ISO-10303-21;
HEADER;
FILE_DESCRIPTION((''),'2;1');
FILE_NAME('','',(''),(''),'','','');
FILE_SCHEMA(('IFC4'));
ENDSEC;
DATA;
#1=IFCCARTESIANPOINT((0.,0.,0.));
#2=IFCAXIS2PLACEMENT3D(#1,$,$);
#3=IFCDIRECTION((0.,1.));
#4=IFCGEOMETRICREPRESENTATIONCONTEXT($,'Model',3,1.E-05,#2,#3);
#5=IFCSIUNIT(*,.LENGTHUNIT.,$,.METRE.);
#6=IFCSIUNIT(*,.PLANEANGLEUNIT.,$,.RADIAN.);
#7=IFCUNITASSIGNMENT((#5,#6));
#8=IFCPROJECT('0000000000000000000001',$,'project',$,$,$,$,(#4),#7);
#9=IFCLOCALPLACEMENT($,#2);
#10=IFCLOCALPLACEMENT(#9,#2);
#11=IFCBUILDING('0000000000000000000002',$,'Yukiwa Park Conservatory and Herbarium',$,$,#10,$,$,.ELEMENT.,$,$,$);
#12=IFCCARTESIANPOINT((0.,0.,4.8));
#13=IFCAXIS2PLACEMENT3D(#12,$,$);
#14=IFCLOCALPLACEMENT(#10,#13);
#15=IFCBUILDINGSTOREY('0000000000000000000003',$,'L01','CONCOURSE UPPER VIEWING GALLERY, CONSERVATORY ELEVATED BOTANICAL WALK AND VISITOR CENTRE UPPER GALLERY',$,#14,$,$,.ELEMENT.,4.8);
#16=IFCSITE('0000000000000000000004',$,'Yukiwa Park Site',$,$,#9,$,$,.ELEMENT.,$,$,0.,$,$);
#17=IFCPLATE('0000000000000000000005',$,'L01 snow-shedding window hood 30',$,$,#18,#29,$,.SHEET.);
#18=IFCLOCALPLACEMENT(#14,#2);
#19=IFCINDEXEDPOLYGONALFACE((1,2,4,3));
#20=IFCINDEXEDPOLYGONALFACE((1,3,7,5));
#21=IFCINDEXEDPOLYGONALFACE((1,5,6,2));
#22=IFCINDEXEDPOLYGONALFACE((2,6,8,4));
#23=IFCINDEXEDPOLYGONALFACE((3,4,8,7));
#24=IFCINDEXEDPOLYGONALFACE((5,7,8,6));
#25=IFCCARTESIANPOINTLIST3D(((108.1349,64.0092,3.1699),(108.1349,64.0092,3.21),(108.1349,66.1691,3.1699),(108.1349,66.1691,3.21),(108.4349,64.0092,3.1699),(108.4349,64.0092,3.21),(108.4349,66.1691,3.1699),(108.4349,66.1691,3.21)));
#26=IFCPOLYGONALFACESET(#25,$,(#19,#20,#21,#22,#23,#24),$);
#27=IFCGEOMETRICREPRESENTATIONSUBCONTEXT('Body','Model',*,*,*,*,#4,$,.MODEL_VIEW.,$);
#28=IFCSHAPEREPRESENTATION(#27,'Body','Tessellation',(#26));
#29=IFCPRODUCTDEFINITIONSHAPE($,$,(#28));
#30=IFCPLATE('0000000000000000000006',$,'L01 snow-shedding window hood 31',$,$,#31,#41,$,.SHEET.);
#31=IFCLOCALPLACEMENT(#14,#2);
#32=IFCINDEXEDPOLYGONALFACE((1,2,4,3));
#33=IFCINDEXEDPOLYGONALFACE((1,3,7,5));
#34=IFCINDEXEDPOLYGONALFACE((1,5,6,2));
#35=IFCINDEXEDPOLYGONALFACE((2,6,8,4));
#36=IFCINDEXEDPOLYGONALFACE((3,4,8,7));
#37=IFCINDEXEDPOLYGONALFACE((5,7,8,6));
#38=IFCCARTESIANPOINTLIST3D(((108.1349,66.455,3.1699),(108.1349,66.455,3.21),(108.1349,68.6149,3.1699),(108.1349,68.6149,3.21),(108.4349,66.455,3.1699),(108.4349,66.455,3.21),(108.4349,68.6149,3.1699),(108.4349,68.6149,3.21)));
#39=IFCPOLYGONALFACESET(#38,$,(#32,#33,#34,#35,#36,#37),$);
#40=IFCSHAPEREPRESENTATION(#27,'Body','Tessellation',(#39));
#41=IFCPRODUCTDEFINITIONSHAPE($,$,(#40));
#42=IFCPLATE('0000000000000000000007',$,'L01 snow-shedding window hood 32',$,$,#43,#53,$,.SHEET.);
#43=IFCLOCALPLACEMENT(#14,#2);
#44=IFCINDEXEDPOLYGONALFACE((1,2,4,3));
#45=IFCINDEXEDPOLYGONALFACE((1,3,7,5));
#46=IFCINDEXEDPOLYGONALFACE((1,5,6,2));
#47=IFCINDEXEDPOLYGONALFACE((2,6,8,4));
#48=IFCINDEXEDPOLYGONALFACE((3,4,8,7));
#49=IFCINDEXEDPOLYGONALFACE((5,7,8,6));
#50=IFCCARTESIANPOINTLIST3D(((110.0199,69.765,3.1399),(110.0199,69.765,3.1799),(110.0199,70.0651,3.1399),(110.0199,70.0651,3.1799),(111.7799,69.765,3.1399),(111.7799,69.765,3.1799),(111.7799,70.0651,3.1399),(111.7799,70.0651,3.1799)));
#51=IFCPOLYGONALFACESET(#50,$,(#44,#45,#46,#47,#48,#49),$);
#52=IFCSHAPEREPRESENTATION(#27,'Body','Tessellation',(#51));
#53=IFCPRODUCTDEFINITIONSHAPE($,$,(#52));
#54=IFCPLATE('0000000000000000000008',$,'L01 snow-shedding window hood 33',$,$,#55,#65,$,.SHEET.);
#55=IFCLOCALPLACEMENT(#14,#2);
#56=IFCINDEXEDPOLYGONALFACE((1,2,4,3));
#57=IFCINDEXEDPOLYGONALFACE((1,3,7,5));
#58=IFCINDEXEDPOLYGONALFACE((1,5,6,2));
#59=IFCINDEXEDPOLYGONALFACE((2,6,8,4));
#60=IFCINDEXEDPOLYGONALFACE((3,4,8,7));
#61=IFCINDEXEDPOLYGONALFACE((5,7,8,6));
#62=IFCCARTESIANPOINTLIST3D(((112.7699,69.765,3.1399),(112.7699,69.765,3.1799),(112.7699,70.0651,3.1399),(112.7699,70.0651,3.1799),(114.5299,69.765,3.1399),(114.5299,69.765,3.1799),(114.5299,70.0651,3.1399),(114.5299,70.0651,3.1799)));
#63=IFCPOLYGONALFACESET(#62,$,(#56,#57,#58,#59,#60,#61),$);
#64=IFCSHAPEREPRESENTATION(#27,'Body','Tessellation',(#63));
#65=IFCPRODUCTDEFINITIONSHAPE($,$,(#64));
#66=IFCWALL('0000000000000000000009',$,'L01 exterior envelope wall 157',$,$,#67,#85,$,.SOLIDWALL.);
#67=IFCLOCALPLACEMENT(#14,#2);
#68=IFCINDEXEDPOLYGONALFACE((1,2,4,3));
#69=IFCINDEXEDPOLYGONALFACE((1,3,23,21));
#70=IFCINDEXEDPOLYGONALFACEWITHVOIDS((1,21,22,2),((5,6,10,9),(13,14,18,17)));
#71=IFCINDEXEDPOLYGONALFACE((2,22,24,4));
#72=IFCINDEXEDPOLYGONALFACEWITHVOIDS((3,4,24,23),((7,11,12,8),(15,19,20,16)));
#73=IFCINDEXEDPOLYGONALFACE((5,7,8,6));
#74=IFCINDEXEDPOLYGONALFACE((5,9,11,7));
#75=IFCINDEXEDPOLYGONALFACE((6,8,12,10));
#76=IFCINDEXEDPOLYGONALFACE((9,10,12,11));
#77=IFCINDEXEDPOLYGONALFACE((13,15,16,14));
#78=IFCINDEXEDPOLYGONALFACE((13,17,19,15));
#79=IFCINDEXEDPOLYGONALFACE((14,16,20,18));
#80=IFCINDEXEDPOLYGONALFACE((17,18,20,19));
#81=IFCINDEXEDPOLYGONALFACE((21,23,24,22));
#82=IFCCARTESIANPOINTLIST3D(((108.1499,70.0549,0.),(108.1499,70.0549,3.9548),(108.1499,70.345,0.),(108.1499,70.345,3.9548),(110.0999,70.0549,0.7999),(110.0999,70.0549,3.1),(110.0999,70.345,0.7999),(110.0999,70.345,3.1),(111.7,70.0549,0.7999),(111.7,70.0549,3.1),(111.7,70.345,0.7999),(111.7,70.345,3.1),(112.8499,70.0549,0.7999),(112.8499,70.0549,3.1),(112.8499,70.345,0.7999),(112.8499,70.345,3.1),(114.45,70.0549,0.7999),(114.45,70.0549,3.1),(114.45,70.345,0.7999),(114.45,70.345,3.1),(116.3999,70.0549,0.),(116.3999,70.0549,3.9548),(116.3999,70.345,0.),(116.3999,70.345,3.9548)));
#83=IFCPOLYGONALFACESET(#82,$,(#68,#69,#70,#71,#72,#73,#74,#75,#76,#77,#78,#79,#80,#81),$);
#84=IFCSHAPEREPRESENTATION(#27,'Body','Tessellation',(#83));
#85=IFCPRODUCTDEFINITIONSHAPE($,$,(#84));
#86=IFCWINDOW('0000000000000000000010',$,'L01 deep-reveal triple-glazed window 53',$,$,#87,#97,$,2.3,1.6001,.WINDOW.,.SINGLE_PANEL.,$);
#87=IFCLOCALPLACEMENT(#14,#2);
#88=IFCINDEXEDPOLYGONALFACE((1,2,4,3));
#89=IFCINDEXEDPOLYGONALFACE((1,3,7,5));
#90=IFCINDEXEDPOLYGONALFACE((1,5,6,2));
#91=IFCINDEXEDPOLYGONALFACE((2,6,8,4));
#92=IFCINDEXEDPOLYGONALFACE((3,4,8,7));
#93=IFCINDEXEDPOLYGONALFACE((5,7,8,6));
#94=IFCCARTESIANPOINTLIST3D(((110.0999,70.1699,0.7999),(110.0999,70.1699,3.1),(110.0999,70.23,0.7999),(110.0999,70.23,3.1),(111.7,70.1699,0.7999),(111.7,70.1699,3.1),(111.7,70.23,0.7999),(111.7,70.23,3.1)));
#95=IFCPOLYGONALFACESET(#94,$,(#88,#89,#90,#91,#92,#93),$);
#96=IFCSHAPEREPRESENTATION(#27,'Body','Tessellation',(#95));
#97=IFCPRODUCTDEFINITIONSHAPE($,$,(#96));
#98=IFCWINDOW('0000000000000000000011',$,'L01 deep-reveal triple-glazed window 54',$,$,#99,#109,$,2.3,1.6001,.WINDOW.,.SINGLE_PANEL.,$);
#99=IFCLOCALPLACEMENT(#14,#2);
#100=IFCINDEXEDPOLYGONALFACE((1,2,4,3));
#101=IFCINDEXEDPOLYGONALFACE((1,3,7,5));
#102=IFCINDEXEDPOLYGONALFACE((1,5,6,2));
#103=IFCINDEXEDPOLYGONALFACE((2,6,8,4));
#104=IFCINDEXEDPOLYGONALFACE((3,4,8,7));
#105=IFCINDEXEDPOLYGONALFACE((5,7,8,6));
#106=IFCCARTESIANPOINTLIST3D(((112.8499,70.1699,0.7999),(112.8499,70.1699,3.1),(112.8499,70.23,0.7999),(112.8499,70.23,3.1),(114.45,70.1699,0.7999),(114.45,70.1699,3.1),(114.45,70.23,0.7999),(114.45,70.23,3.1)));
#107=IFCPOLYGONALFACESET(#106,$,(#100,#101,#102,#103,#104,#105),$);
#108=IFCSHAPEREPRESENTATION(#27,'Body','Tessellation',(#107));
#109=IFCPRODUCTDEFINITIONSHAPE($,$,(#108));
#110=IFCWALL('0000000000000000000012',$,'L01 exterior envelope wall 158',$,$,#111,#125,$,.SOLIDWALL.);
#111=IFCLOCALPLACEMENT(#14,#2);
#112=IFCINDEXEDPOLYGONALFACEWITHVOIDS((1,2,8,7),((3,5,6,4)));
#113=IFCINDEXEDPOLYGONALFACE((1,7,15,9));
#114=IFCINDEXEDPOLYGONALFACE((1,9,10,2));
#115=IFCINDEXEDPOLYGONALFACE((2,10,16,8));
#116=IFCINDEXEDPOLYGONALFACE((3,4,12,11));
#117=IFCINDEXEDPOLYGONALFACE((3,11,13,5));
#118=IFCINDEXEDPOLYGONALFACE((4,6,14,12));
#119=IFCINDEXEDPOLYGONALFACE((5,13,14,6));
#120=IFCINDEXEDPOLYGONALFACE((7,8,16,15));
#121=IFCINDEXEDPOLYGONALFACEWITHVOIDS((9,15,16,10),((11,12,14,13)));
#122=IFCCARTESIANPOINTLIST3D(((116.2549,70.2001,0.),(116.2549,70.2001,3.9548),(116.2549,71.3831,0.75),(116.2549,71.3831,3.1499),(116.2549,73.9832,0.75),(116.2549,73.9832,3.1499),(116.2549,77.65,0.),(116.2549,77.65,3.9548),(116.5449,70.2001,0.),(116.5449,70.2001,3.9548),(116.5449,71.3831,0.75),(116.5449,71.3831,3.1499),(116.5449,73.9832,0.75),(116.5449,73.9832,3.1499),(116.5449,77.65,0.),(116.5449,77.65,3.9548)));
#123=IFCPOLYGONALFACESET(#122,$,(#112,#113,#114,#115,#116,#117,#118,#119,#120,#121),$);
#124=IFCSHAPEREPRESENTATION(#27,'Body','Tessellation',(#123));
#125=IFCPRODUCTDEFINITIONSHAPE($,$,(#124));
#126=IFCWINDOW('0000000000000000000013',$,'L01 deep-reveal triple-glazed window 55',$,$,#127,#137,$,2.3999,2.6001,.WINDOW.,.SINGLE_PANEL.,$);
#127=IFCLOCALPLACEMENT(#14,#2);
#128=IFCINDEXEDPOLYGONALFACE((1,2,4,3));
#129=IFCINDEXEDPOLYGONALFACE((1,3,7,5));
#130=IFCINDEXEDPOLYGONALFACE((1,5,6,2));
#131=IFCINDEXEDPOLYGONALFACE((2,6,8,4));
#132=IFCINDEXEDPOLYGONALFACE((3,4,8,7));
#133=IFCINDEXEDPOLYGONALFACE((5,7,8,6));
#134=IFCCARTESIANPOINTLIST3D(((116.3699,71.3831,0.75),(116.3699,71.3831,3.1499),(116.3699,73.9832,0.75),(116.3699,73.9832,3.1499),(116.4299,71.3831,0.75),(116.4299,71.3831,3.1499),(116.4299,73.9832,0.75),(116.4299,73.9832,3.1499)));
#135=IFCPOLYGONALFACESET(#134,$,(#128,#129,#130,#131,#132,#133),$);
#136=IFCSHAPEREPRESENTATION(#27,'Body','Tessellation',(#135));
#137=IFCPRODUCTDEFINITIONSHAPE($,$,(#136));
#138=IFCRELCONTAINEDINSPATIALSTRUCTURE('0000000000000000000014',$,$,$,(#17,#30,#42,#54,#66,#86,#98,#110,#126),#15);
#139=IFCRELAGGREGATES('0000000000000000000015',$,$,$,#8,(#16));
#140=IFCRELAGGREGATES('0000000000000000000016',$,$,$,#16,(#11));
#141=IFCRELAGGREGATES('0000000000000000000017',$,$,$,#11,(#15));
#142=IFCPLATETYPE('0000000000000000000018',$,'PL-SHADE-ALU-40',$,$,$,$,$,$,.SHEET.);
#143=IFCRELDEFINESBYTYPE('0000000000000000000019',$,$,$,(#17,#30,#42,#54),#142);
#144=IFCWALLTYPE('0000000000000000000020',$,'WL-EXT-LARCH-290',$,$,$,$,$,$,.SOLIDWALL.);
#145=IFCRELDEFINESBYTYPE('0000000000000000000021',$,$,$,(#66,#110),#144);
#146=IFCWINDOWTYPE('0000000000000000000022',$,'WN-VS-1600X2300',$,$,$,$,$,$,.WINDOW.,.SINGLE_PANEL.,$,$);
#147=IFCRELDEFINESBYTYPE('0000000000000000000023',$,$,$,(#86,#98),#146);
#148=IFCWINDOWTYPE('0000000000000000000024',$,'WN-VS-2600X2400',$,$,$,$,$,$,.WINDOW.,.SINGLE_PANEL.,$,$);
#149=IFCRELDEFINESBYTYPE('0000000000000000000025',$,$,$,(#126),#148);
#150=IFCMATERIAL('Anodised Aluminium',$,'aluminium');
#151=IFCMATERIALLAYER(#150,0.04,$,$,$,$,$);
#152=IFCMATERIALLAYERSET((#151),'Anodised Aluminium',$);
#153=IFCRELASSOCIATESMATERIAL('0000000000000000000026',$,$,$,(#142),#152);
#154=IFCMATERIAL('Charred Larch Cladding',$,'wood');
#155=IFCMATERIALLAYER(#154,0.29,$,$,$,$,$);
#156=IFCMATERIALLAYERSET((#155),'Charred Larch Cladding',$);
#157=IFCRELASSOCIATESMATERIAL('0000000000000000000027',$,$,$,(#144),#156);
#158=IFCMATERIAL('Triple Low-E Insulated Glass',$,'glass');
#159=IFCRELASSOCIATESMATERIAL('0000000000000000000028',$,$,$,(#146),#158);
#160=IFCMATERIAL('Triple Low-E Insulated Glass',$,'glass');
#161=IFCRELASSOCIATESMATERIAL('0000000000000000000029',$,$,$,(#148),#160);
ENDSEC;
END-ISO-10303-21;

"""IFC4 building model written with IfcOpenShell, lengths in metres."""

from ifc_helpers import new_model, si_unit, direction, frame, frame_2d, origin, origin_2d, place, context, subcontext, project, spatial, rectangle, extrude, material, layer, layer_set, type_object, element, fill, save


model = new_model("IFC4")

# Units and contexts
model_context = context("Model", 3, precision=1e-05, world=origin(), true_north=direction((0.0, 1.0)))
body_context = subcontext(model_context, "Body", "Model", "MODEL_VIEW")
ifc_project = project(units=[si_unit("LENGTHUNIT", "METRE"), si_unit("PLANEANGLEUNIT", "RADIAN")], contexts=[model_context])

# Site, building, storey
site_placement = place(None, origin())
site = spatial("IfcSite", under=ifc_project, at=site_placement, Name="Yukiwa Park Site", CompositionType="ELEMENT", RefElevation=0.0)
building_placement = place(site_placement, origin())
building = spatial("IfcBuilding", under=site, at=building_placement, Name="Yukiwa Park Conservatory and Herbarium", CompositionType="ELEMENT")
storey_placement = place(building_placement, frame((0.0, 0.0, 4.8)))
storey = spatial("IfcBuildingStorey", under=building, at=storey_placement, Name="L01", Description="CONCOURSE UPPER VIEWING GALLERY, CONSERVATORY ELEVATED BOTANICAL WALK AND VISITOR CENTRE UPPER GALLERY", CompositionType="ELEMENT", Elevation=4.8)

# Plates
ifc_material_1 = material(Name="Anodised Aluminium", Category="aluminium")
ifc_layer_1 = layer(ifc_material_1, 0.04)
ifc_layer_set_1 = layer_set([ifc_layer_1], Name="Anodised Aluminium")
plate_type = type_object("IfcPlateType", Name="PL-SHADE-ALU-40", PredefinedType="SHEET", material=ifc_layer_set_1)
for number, where, z_axis, x_axis, name in (
    (1, (108.2849, 65.0891, 3.1699), (0.0, 0.0, 1.0), (0.0, 1.0, 0.0), "L01 snow-shedding window hood 30"),
    (2, (108.2849, 67.5349, 3.1699), (0.0, 0.0, 1.0), (0.0, 1.0, 0.0), "L01 snow-shedding window hood 31"),
):
    element("IfcPlate", number, at=place(storey_placement, frame(where, z_axis=z_axis, x_axis=x_axis)), inside=storey, type_object=plate_type, Name=name, PredefinedType="SHEET", context=body_context, shape_type="SweptSolid", body=[
        extrude(rectangle(XDim=2.1599, YDim=0.3, at=origin_2d()), origin(), (0.0, 0.0, 1.0), 0.04),
    ])
for number, where, z_axis, x_axis, name in (
    (3, (110.8999, 69.915, 3.1399), (0.0, 0.0, 1.0), (1.0, 0.0, 0.0), "L01 snow-shedding window hood 32"),
    (4, (113.6499, 69.915, 3.1399), (0.0, 0.0, 1.0), (1.0, 0.0, 0.0), "L01 snow-shedding window hood 33"),
):
    element("IfcPlate", number, at=place(storey_placement, frame(where, z_axis=z_axis, x_axis=x_axis)), inside=storey, type_object=plate_type, Name=name, PredefinedType="SHEET", context=body_context, shape_type="SweptSolid", body=[
        extrude(rectangle(XDim=1.76, YDim=0.3, at=origin_2d()), origin(), (0.0, 0.0, 1.0), 0.04),
    ])

# Wall, openings, windows
ifc_material_2 = material(Name="Charred Larch Cladding", Category="wood")
ifc_layer_2 = layer(ifc_material_2, 0.29)
ifc_layer_set_2 = layer_set([ifc_layer_2], Name="Charred Larch Cladding")
wall_type_1 = type_object("IfcWallType", Name="WL-EXT-LARCH-290", PredefinedType="SOLIDWALL", material=ifc_layer_set_2)
wall_1_placement = place(storey_placement, frame((108.1499, 70.2, 0.0), z_axis=(0.0, 0.0, 1.0), x_axis=(1.0, 0.0, 0.0)))
wall_1 = element("IfcWall", 5, at=wall_1_placement, inside=storey, type_object=wall_type_1, Name="L01 exterior envelope wall 157", PredefinedType="SOLIDWALL", context=body_context, shape_type="SweptSolid", body=[
    extrude(rectangle(XDim=8.25, YDim=0.29, at=frame_2d((4.125, 0.0))), origin(), (0.0, 0.0, 1.0), 3.9548),
])
opening_1_placement = place(wall_1_placement, frame((1.95, 0.0, 0.8)))
opening_1 = element("IfcOpeningElement", 6, at=opening_1_placement, cuts=wall_1, PredefinedType="OPENING", context=body_context, shape_type="SweptSolid", body=[
    extrude(rectangle(XDim=1.6001, YDim=2.3, at=frame_2d((0.8, 1.1499))), frame((0.0, 0.155, 0.0), z_axis=(0.0, -1.0, 0.0), x_axis=(1.0, 0.0, 0.0)), (0.0, 0.0, 1.0), 0.3101),
])
opening_2_placement = place(wall_1_placement, frame((4.7, 0.0, 0.8)))
opening_2 = element("IfcOpeningElement", 7, at=opening_2_placement, cuts=wall_1, PredefinedType="OPENING", context=body_context, shape_type="SweptSolid", body=[
    extrude(rectangle(XDim=1.6001, YDim=2.3, at=frame_2d((0.8, 1.1499))), frame((0.0, 0.155, 0.0), z_axis=(0.0, -1.0, 0.0), x_axis=(1.0, 0.0, 0.0)), (0.0, 0.0, 1.0), 0.3101),
])
ifc_material_3 = material(Name="Triple Low-E Insulated Glass", Category="glass")
window_type_1 = type_object("IfcWindowType", Name="WN-VS-1600X2300", PartitioningType="SINGLE_PANEL", PredefinedType="WINDOW", material=ifc_material_3)
window_1_placement = place(opening_1_placement, origin())
window_1 = element("IfcWindow", 8, at=window_1_placement, inside=storey, type_object=window_type_1, Name="L01 deep-reveal triple-glazed window 53", OverallHeight=2.3, OverallWidth=1.6001, PartitioningType="SINGLE_PANEL", PredefinedType="WINDOW", context=body_context, shape_type="SweptSolid", body=[
    extrude(rectangle(XDim=1.6001, YDim=2.3, at=frame_2d((0.8, 1.1499))), frame((0.0, 0.03, 0.0), z_axis=(0.0, -1.0, 0.0), x_axis=(1.0, 0.0, 0.0)), (0.0, 0.0, 1.0), 0.0601),
])
fill(opening_1, window_1)
window_2_placement = place(opening_2_placement, origin())
window_2 = element("IfcWindow", 9, at=window_2_placement, inside=storey, type_object=window_type_1, Name="L01 deep-reveal triple-glazed window 54", OverallHeight=2.3, OverallWidth=1.6001, PartitioningType="SINGLE_PANEL", PredefinedType="WINDOW", context=body_context, shape_type="SweptSolid", body=[
    extrude(rectangle(XDim=1.6001, YDim=2.3, at=frame_2d((0.8, 1.1499))), frame((0.0, 0.03, 0.0), z_axis=(0.0, -1.0, 0.0), x_axis=(1.0, 0.0, 0.0)), (0.0, 0.0, 1.0), 0.0601),
])
fill(opening_2, window_2)

# Wall, opening, window
wall_2_placement = place(storey_placement, frame((116.3999, 70.2, 0.0), z_axis=(0.0, 0.0, 1.0), x_axis=(0.0, 1.0, 0.0)))
wall_2 = element("IfcWall", 10, at=wall_2_placement, inside=storey, type_object=wall_type_1, Name="L01 exterior envelope wall 158", PredefinedType="SOLIDWALL", context=body_context, shape_type="SweptSolid", body=[
    extrude(rectangle(XDim=7.45, YDim=0.29, at=frame_2d((3.7251, 0.0))), origin(), (0.0, 0.0, 1.0), 3.9548),
])
opening_3_placement = place(wall_2_placement, frame((1.1831, 0.0, 0.75)))
opening_3 = element("IfcOpeningElement", 11, at=opening_3_placement, cuts=wall_2, PredefinedType="OPENING", context=body_context, shape_type="SweptSolid", body=[
    extrude(rectangle(XDim=2.6001, YDim=2.3999, at=frame_2d((1.3, 1.2))), frame((0.0, 0.155, 0.0), z_axis=(0.0, -1.0, 0.0), x_axis=(1.0, 0.0, 0.0)), (0.0, 0.0, 1.0), 0.3101),
])
ifc_material_4 = material(Name="Triple Low-E Insulated Glass", Category="glass")
window_type_2 = type_object("IfcWindowType", Name="WN-VS-2600X2400", PartitioningType="SINGLE_PANEL", PredefinedType="WINDOW", material=ifc_material_4)
window_3_placement = place(opening_3_placement, origin())
window_3 = element("IfcWindow", 12, at=window_3_placement, inside=storey, type_object=window_type_2, Name="L01 deep-reveal triple-glazed window 55", OverallHeight=2.3999, OverallWidth=2.6001, PartitioningType="SINGLE_PANEL", PredefinedType="WINDOW", context=body_context, shape_type="SweptSolid", body=[
    extrude(rectangle(XDim=2.6001, YDim=2.3999, at=frame_2d((1.3, 1.2))), frame((0.0, 0.03, 0.0), z_axis=(0.0, -1.0, 0.0), x_axis=(1.0, 0.0, 0.0)), (0.0, 0.0, 1.0), 0.0601),
])
fill(opening_3, window_3)

save(model, "model.ifc")
